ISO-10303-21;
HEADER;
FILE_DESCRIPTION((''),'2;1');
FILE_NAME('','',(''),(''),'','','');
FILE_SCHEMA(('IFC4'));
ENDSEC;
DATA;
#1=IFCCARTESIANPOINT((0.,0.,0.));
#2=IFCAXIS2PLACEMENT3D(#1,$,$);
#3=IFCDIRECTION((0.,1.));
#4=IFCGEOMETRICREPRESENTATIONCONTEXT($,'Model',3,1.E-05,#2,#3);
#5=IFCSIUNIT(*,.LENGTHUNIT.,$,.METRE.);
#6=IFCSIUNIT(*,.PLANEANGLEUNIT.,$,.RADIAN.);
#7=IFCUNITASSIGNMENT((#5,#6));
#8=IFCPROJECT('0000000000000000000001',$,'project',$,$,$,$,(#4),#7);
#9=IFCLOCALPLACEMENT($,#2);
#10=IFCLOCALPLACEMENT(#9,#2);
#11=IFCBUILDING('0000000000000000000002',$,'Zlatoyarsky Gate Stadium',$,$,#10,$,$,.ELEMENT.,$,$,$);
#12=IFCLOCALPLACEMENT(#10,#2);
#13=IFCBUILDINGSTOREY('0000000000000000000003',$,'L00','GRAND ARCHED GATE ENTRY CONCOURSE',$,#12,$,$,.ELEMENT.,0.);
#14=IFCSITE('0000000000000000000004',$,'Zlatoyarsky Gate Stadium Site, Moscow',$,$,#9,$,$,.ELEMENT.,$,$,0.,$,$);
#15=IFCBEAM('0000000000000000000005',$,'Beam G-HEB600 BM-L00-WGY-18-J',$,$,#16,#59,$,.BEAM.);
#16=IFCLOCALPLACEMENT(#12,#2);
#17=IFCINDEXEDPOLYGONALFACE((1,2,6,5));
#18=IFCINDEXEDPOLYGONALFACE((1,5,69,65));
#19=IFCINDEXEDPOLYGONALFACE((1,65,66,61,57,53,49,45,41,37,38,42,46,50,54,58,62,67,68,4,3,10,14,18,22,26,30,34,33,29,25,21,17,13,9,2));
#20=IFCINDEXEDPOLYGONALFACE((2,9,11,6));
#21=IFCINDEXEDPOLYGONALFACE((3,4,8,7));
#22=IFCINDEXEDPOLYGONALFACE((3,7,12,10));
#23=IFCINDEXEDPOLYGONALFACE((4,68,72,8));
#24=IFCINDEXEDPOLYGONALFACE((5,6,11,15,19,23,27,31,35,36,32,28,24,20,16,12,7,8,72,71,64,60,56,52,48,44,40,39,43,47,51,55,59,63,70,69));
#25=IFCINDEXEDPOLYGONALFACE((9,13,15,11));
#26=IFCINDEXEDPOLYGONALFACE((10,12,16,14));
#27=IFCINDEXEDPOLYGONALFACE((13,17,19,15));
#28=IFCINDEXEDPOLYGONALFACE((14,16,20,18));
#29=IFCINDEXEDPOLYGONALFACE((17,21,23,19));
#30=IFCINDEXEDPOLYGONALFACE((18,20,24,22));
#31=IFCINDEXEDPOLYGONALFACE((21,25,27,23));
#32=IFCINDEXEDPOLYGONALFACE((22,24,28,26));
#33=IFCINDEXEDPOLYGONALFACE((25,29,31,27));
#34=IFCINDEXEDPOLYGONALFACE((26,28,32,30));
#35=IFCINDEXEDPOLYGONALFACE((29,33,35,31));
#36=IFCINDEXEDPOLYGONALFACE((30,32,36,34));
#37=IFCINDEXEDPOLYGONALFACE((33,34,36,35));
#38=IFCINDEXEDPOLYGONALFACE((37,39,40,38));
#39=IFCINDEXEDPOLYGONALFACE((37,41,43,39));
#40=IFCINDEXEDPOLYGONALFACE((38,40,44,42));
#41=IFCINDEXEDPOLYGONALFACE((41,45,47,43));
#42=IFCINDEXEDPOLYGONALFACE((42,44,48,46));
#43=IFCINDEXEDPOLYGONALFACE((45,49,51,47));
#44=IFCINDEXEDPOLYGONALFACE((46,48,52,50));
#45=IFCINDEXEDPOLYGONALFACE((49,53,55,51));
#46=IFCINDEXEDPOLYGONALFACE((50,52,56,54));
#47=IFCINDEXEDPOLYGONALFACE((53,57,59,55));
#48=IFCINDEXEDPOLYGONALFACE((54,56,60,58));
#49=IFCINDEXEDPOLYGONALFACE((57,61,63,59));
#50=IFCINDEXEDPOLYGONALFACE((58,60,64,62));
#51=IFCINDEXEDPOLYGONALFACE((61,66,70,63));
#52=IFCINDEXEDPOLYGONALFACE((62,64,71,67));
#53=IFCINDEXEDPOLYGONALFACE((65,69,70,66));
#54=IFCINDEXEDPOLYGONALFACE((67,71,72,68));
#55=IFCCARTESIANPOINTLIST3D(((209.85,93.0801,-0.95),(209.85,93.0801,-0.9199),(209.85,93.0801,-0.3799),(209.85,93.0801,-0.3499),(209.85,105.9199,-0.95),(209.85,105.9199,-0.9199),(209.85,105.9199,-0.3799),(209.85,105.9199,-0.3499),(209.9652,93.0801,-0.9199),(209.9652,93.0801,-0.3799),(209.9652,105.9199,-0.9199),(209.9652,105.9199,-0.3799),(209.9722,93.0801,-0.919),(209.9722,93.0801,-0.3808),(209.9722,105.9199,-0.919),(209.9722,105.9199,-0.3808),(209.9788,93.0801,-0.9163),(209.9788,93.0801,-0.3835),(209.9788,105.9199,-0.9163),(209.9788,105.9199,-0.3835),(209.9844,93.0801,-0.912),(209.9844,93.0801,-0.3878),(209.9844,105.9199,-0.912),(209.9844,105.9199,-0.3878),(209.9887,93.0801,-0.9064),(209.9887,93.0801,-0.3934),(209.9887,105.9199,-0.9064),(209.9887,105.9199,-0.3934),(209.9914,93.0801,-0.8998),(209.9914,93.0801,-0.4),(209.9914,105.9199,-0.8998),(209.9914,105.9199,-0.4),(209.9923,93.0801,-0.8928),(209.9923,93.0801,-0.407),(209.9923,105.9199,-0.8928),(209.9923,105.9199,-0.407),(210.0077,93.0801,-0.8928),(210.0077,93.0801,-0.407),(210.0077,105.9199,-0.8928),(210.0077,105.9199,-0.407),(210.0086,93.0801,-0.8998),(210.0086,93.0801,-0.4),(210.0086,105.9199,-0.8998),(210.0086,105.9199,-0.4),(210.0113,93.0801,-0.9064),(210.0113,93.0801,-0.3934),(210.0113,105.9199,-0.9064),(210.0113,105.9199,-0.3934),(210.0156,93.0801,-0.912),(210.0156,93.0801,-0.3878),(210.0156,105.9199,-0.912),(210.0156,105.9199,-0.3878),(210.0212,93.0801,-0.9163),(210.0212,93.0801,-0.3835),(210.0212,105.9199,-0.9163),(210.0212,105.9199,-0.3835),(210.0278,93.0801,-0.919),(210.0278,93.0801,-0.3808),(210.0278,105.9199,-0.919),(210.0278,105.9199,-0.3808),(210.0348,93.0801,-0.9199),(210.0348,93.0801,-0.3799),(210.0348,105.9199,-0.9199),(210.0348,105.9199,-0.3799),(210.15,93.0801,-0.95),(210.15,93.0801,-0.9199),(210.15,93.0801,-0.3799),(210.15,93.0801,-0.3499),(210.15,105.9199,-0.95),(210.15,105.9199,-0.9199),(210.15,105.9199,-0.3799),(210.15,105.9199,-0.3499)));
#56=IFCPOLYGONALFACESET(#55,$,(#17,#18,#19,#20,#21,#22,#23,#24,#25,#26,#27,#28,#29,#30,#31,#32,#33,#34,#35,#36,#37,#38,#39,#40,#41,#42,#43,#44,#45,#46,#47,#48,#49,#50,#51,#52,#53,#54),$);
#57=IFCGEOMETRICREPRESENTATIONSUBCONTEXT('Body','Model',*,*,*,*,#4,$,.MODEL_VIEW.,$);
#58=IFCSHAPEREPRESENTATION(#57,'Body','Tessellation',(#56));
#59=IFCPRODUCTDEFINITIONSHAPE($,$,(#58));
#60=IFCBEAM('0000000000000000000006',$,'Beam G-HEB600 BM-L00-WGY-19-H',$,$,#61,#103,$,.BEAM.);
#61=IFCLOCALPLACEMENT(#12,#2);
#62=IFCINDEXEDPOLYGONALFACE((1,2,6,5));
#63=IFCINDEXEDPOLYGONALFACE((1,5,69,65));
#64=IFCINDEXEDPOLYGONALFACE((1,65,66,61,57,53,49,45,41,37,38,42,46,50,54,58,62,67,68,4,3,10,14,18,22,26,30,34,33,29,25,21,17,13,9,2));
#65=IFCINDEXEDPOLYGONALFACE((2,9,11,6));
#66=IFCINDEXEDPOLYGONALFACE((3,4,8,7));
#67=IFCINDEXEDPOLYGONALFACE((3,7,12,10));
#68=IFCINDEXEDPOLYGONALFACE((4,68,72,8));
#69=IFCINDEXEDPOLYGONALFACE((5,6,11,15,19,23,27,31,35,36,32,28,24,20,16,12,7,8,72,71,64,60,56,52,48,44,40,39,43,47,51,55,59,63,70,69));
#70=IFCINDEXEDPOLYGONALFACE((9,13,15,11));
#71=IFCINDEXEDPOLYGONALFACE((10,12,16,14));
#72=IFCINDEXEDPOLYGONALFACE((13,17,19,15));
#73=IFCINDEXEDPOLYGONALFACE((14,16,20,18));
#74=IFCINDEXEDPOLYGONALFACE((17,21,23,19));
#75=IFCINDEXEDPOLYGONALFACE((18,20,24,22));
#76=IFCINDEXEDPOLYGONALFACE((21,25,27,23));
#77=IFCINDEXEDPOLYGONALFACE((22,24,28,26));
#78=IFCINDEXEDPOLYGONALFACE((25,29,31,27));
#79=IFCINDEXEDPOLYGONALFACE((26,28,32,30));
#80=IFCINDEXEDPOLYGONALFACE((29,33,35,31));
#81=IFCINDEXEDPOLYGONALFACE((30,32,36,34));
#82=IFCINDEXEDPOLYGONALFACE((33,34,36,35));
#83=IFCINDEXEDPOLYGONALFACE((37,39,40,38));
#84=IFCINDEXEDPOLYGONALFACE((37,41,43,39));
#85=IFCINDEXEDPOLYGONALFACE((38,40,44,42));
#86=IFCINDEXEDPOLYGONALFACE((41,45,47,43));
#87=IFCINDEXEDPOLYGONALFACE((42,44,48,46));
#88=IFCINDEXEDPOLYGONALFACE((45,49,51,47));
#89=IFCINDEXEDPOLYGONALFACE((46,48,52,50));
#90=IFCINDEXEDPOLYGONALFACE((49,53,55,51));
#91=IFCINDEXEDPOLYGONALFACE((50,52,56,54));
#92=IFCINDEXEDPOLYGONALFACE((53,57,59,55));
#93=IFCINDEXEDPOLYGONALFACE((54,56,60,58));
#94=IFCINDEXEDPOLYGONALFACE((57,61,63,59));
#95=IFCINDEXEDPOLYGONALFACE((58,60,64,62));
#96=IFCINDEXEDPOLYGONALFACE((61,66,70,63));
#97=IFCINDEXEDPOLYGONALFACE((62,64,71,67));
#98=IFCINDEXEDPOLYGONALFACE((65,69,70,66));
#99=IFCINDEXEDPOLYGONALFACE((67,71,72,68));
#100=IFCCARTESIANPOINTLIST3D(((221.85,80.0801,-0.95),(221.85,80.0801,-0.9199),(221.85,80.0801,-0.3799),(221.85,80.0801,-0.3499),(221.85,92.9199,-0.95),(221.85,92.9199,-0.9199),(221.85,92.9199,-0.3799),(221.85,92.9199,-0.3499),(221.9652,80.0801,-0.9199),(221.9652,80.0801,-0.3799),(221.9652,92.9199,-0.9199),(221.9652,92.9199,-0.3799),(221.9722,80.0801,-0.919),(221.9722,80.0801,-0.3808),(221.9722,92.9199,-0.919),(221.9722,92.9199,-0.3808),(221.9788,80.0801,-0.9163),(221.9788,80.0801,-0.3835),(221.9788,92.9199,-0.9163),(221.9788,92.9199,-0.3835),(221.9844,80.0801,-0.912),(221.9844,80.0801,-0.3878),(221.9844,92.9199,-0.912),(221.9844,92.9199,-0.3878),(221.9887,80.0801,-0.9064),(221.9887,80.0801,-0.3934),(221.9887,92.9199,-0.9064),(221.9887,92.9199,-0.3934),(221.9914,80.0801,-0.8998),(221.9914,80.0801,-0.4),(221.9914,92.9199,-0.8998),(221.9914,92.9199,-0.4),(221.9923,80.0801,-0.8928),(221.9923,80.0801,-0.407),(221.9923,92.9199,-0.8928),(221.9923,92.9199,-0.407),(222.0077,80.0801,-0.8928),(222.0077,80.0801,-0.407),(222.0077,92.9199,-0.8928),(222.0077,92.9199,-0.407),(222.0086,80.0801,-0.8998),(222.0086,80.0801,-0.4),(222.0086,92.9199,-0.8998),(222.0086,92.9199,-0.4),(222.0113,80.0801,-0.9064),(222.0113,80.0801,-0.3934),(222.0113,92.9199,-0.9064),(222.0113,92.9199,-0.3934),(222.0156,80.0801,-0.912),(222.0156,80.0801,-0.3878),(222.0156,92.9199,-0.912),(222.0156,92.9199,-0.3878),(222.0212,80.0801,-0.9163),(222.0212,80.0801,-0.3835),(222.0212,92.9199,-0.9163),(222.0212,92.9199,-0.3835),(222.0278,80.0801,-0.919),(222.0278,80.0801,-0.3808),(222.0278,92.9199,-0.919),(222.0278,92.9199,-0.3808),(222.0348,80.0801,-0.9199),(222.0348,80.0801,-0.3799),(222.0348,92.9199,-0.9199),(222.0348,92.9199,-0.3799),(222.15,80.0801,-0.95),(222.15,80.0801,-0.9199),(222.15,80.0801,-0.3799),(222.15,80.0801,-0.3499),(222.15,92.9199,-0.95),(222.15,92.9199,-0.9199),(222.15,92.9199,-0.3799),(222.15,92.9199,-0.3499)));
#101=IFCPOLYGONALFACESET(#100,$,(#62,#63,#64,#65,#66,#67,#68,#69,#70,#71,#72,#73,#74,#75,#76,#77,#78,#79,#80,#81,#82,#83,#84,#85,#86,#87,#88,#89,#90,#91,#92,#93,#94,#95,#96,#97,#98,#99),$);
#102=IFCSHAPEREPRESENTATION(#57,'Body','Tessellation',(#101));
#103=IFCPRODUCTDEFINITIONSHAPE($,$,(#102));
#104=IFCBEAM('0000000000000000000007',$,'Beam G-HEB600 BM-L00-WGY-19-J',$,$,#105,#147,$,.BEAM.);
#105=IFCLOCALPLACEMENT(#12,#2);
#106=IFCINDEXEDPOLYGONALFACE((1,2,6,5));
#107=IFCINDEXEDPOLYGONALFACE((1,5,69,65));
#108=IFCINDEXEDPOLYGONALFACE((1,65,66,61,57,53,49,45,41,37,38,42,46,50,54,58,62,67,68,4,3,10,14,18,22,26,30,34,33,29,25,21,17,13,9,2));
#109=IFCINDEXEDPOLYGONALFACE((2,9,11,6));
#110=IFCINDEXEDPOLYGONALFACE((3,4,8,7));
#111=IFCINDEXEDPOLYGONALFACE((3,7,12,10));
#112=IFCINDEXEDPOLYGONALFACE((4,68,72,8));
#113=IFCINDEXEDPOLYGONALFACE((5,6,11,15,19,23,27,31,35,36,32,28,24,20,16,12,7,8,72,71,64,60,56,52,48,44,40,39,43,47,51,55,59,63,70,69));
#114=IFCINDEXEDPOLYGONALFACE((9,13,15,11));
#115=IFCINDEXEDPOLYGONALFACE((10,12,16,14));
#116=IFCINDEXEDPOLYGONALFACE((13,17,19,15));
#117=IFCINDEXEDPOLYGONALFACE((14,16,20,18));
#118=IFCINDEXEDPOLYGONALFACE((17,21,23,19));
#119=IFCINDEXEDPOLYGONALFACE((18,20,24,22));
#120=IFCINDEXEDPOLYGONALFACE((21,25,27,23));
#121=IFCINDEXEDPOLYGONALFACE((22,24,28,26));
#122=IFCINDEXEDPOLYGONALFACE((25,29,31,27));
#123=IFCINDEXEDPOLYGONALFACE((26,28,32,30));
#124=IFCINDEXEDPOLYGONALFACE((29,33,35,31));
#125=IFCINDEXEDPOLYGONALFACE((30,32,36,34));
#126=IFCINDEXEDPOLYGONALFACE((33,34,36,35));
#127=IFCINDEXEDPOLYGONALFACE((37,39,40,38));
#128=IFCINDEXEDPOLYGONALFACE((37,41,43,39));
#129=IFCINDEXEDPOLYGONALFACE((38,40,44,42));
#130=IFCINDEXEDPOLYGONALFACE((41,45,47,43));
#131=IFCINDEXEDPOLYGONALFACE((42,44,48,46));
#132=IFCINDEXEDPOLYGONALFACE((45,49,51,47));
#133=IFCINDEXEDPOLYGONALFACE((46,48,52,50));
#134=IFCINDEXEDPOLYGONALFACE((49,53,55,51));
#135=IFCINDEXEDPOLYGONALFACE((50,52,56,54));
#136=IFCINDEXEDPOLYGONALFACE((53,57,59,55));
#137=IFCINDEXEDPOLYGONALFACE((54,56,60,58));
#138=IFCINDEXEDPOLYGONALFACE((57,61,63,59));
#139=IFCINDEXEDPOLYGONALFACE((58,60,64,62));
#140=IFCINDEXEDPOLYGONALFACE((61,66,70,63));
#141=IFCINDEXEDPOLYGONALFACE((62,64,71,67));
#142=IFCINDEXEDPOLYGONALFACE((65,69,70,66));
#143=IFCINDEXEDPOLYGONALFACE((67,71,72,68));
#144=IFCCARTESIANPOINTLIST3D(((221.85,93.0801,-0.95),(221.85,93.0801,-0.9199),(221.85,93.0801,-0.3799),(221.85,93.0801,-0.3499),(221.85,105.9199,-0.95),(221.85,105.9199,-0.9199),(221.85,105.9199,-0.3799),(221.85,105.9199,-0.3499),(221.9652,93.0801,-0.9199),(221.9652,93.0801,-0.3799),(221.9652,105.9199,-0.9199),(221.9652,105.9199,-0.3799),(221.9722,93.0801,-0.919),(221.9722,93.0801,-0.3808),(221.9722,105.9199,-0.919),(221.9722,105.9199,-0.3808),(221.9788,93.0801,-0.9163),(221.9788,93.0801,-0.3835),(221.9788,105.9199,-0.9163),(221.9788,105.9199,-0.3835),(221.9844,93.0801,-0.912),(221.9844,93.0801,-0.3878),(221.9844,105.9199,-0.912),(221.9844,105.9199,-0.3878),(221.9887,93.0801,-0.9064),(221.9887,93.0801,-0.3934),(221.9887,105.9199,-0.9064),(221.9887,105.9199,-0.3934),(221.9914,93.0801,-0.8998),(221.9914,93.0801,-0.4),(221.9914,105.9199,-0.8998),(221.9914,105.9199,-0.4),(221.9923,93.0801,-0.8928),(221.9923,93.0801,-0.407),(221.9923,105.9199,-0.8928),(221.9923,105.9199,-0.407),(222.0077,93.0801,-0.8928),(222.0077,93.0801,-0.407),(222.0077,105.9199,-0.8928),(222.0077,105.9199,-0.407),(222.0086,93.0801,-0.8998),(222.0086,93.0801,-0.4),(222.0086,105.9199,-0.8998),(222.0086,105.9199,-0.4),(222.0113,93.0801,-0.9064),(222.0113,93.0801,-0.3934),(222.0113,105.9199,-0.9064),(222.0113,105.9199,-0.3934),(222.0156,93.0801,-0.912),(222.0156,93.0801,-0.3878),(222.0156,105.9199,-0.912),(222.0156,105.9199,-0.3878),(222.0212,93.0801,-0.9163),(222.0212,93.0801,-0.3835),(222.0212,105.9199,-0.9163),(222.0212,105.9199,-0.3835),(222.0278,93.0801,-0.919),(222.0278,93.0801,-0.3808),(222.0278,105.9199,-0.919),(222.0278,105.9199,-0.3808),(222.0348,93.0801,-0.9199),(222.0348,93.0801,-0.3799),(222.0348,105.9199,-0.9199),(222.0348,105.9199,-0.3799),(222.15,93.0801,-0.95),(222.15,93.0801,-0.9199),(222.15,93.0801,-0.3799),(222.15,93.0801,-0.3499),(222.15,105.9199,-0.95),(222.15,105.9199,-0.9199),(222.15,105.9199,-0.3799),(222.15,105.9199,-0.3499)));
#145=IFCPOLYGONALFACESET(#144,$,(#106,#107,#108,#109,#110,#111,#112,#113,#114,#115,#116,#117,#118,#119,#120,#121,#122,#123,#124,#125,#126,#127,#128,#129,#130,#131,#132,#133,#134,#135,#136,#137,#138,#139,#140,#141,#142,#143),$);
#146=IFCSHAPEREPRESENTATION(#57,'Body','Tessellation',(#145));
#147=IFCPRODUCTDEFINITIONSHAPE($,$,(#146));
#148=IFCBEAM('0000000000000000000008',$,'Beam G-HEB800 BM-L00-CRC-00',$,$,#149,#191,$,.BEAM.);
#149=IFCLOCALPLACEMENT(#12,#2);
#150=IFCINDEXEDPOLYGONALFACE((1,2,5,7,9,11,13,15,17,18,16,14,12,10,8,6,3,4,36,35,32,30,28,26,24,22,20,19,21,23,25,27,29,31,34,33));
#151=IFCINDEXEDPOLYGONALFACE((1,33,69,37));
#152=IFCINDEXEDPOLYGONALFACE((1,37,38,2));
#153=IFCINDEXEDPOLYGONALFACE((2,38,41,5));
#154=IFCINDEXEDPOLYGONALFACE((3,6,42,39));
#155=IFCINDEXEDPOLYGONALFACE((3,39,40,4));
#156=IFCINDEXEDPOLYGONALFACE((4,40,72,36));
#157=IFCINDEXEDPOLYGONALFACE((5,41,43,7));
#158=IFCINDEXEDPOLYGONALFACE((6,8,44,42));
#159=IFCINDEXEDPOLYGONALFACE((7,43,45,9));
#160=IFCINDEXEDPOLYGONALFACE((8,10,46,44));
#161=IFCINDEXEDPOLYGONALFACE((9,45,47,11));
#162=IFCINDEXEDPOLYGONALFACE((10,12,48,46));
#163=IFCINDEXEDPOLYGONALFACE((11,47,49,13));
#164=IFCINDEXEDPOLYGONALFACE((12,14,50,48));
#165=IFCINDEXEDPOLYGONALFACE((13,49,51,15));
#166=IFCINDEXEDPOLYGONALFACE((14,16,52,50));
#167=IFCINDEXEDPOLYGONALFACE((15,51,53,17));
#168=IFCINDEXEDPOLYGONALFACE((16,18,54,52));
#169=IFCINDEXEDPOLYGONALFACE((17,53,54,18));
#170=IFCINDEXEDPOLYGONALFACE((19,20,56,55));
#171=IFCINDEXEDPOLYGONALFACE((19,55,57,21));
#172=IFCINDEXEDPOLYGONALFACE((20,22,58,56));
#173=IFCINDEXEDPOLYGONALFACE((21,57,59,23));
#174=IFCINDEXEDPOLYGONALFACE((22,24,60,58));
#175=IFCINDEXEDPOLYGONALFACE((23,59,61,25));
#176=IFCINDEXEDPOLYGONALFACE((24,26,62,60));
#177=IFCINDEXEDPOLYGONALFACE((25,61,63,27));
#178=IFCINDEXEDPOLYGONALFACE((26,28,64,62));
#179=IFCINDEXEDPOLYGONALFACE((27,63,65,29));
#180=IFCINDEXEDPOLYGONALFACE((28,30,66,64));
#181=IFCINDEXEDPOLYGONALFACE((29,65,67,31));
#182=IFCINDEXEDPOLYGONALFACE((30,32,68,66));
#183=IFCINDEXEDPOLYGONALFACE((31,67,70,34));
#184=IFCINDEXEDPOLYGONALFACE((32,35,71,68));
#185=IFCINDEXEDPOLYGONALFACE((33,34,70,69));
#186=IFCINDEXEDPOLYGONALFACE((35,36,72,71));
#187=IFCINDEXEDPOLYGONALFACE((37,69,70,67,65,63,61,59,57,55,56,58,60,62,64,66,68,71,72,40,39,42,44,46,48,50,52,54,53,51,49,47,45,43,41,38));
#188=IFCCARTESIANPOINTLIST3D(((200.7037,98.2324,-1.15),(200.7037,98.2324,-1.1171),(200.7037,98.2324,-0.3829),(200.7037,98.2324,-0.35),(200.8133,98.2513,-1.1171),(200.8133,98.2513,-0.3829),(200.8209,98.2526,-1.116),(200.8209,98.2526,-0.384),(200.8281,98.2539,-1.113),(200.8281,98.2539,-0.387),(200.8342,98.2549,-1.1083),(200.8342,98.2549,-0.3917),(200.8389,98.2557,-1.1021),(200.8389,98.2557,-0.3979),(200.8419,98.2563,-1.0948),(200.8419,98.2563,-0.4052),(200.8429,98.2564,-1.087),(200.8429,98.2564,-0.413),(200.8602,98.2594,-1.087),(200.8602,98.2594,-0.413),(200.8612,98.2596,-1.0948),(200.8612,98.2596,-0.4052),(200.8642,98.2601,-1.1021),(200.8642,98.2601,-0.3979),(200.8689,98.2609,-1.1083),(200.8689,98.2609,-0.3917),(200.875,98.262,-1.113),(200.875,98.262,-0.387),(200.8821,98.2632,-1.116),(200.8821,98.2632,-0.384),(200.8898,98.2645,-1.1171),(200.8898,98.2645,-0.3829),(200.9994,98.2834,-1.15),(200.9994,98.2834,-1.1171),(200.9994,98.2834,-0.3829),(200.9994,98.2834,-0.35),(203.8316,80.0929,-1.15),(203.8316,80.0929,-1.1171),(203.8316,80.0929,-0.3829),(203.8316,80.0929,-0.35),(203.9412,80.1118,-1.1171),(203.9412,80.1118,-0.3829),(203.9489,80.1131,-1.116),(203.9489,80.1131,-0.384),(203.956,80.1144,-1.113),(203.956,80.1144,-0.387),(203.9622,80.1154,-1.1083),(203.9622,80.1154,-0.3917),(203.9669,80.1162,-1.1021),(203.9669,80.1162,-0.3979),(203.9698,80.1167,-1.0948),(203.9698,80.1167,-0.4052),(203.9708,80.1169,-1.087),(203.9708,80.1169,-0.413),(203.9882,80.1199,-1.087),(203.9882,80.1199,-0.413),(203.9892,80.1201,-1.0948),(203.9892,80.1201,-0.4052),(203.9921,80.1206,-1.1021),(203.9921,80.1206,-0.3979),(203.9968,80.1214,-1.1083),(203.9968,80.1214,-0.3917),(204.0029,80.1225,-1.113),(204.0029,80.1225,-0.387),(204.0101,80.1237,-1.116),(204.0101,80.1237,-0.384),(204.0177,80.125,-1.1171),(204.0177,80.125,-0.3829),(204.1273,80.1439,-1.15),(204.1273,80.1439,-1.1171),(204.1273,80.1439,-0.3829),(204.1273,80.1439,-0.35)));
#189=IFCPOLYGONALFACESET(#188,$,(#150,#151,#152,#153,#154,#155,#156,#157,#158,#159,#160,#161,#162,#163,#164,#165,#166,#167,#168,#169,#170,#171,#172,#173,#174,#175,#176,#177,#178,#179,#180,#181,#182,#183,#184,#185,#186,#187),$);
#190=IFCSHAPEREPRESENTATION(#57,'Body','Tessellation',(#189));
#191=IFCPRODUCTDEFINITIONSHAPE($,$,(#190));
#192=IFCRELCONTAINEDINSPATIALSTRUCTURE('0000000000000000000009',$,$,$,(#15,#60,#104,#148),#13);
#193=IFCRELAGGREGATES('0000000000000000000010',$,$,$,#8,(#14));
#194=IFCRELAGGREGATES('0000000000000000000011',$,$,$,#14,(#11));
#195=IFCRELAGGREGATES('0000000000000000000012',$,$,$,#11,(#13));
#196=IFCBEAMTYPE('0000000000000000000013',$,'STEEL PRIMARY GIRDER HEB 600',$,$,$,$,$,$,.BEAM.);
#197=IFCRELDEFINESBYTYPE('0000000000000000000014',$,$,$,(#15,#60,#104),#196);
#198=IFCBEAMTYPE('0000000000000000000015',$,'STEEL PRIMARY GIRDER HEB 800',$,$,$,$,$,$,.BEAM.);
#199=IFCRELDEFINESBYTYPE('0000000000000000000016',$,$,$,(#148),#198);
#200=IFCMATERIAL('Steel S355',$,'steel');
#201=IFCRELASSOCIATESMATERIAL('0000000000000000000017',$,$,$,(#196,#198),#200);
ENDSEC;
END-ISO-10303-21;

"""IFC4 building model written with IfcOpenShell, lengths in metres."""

from ifc_helpers import new_model, si_unit, direction, frame, origin, origin_2d, place, context, subcontext, project, spatial, i_section, extrude, material, material_profile, profile_set, type_object, element, save


model = new_model("IFC4")

# Units and contexts
model_context = context("Model", 3, precision=1e-05, world=origin(), true_north=direction((0.0, 1.0)))
body_context = subcontext(model_context, "Body", "Model", "MODEL_VIEW")
ifc_project = project(units=[si_unit("LENGTHUNIT", "METRE"), si_unit("PLANEANGLEUNIT", "RADIAN")], contexts=[model_context])

# Site, building, storey
site_placement = place(None, origin())
site = spatial("IfcSite", under=ifc_project, at=site_placement, Name="Zlatoyarsky Gate Stadium Site, Moscow", CompositionType="ELEMENT", RefElevation=0.0)
building_placement = place(site_placement, origin())
building = spatial("IfcBuilding", under=site, at=building_placement, Name="Zlatoyarsky Gate Stadium", CompositionType="ELEMENT")
storey_placement = place(building_placement, origin())
storey = spatial("IfcBuildingStorey", under=building, at=storey_placement, Name="L00", Description="GRAND ARCHED GATE ENTRY CONCOURSE", CompositionType="ELEMENT", Elevation=0.0)

# Shared definitions
ifc_material_1 = material(Name="Steel S355", Category="steel")

# Beams
ifc_material_profile_1 = material_profile(ifc_material_1, i_section(OverallWidth=0.3, OverallDepth=0.6001, WebThickness=0.0154, FlangeThickness=0.03, FilletRadius=0.0271, at=origin_2d()), Name="HEB 600")
ifc_profile_set_1 = profile_set([ifc_material_profile_1], Name="Steel S355")
beam_type_1 = type_object("IfcBeamType", Name="STEEL PRIMARY GIRDER HEB 600", PredefinedType="BEAM", material=ifc_profile_set_1)
for number, where, z_axis, x_axis, name in (
    (1, (210.0, 93.0801, -0.6499), (0.0, 1.0, 0.0), (-1.0, 0.0, 0.0), "Beam G-HEB600 BM-L00-WGY-18-J"),
    (2, (222.0, 80.0801, -0.6499), (0.0, 1.0, 0.0), (-1.0, 0.0, 0.0), "Beam G-HEB600 BM-L00-WGY-19-H"),
    (3, (222.0, 93.0801, -0.6499), (0.0, 1.0, 0.0), (-1.0, 0.0, 0.0), "Beam G-HEB600 BM-L00-WGY-19-J"),
):
    element("IfcBeam", number, at=place(storey_placement, frame(where, z_axis=z_axis, x_axis=x_axis)), inside=storey, type_object=beam_type_1, Name=name, PredefinedType="BEAM", context=body_context, shape_type="SweptSolid", body=[
        extrude(i_section(OverallWidth=0.3, OverallDepth=0.6001, WebThickness=0.0154, FlangeThickness=0.03, FilletRadius=0.0271, at=origin_2d()), origin(), (0.0, 0.0, 1.0), 12.8398),
    ])
ifc_material_profile_2 = material_profile(ifc_material_1, i_section(OverallWidth=0.3, OverallDepth=0.8, WebThickness=0.0176, FlangeThickness=0.033, FilletRadius=0.03, at=origin_2d()), Name="HEB 800")
ifc_profile_set_2 = profile_set([ifc_material_profile_2], Name="Steel S355")
beam_type_2 = type_object("IfcBeamType", Name="STEEL PRIMARY GIRDER HEB 800", PredefinedType="BEAM", material=ifc_profile_set_2)
beam_1_placement = place(storey_placement, frame((203.9795, 80.1184, -0.75), z_axis=(-0.16993, 0.985456, 0.0), x_axis=(-0.985456, -0.16993, 0.0)))
element("IfcBeam", 4, at=beam_1_placement, inside=storey, type_object=beam_type_2, Name="Beam G-HEB800 BM-L00-CRC-00", PredefinedType="BEAM", context=body_context, shape_type="SweptSolid", body=[
    extrude(i_section(OverallWidth=0.3, OverallDepth=0.8, WebThickness=0.0176, FlangeThickness=0.033, FilletRadius=0.03, at=origin_2d()), origin(), (0.0, 0.0, 1.0), 18.4072),
])

save(model, "model.ifc")
